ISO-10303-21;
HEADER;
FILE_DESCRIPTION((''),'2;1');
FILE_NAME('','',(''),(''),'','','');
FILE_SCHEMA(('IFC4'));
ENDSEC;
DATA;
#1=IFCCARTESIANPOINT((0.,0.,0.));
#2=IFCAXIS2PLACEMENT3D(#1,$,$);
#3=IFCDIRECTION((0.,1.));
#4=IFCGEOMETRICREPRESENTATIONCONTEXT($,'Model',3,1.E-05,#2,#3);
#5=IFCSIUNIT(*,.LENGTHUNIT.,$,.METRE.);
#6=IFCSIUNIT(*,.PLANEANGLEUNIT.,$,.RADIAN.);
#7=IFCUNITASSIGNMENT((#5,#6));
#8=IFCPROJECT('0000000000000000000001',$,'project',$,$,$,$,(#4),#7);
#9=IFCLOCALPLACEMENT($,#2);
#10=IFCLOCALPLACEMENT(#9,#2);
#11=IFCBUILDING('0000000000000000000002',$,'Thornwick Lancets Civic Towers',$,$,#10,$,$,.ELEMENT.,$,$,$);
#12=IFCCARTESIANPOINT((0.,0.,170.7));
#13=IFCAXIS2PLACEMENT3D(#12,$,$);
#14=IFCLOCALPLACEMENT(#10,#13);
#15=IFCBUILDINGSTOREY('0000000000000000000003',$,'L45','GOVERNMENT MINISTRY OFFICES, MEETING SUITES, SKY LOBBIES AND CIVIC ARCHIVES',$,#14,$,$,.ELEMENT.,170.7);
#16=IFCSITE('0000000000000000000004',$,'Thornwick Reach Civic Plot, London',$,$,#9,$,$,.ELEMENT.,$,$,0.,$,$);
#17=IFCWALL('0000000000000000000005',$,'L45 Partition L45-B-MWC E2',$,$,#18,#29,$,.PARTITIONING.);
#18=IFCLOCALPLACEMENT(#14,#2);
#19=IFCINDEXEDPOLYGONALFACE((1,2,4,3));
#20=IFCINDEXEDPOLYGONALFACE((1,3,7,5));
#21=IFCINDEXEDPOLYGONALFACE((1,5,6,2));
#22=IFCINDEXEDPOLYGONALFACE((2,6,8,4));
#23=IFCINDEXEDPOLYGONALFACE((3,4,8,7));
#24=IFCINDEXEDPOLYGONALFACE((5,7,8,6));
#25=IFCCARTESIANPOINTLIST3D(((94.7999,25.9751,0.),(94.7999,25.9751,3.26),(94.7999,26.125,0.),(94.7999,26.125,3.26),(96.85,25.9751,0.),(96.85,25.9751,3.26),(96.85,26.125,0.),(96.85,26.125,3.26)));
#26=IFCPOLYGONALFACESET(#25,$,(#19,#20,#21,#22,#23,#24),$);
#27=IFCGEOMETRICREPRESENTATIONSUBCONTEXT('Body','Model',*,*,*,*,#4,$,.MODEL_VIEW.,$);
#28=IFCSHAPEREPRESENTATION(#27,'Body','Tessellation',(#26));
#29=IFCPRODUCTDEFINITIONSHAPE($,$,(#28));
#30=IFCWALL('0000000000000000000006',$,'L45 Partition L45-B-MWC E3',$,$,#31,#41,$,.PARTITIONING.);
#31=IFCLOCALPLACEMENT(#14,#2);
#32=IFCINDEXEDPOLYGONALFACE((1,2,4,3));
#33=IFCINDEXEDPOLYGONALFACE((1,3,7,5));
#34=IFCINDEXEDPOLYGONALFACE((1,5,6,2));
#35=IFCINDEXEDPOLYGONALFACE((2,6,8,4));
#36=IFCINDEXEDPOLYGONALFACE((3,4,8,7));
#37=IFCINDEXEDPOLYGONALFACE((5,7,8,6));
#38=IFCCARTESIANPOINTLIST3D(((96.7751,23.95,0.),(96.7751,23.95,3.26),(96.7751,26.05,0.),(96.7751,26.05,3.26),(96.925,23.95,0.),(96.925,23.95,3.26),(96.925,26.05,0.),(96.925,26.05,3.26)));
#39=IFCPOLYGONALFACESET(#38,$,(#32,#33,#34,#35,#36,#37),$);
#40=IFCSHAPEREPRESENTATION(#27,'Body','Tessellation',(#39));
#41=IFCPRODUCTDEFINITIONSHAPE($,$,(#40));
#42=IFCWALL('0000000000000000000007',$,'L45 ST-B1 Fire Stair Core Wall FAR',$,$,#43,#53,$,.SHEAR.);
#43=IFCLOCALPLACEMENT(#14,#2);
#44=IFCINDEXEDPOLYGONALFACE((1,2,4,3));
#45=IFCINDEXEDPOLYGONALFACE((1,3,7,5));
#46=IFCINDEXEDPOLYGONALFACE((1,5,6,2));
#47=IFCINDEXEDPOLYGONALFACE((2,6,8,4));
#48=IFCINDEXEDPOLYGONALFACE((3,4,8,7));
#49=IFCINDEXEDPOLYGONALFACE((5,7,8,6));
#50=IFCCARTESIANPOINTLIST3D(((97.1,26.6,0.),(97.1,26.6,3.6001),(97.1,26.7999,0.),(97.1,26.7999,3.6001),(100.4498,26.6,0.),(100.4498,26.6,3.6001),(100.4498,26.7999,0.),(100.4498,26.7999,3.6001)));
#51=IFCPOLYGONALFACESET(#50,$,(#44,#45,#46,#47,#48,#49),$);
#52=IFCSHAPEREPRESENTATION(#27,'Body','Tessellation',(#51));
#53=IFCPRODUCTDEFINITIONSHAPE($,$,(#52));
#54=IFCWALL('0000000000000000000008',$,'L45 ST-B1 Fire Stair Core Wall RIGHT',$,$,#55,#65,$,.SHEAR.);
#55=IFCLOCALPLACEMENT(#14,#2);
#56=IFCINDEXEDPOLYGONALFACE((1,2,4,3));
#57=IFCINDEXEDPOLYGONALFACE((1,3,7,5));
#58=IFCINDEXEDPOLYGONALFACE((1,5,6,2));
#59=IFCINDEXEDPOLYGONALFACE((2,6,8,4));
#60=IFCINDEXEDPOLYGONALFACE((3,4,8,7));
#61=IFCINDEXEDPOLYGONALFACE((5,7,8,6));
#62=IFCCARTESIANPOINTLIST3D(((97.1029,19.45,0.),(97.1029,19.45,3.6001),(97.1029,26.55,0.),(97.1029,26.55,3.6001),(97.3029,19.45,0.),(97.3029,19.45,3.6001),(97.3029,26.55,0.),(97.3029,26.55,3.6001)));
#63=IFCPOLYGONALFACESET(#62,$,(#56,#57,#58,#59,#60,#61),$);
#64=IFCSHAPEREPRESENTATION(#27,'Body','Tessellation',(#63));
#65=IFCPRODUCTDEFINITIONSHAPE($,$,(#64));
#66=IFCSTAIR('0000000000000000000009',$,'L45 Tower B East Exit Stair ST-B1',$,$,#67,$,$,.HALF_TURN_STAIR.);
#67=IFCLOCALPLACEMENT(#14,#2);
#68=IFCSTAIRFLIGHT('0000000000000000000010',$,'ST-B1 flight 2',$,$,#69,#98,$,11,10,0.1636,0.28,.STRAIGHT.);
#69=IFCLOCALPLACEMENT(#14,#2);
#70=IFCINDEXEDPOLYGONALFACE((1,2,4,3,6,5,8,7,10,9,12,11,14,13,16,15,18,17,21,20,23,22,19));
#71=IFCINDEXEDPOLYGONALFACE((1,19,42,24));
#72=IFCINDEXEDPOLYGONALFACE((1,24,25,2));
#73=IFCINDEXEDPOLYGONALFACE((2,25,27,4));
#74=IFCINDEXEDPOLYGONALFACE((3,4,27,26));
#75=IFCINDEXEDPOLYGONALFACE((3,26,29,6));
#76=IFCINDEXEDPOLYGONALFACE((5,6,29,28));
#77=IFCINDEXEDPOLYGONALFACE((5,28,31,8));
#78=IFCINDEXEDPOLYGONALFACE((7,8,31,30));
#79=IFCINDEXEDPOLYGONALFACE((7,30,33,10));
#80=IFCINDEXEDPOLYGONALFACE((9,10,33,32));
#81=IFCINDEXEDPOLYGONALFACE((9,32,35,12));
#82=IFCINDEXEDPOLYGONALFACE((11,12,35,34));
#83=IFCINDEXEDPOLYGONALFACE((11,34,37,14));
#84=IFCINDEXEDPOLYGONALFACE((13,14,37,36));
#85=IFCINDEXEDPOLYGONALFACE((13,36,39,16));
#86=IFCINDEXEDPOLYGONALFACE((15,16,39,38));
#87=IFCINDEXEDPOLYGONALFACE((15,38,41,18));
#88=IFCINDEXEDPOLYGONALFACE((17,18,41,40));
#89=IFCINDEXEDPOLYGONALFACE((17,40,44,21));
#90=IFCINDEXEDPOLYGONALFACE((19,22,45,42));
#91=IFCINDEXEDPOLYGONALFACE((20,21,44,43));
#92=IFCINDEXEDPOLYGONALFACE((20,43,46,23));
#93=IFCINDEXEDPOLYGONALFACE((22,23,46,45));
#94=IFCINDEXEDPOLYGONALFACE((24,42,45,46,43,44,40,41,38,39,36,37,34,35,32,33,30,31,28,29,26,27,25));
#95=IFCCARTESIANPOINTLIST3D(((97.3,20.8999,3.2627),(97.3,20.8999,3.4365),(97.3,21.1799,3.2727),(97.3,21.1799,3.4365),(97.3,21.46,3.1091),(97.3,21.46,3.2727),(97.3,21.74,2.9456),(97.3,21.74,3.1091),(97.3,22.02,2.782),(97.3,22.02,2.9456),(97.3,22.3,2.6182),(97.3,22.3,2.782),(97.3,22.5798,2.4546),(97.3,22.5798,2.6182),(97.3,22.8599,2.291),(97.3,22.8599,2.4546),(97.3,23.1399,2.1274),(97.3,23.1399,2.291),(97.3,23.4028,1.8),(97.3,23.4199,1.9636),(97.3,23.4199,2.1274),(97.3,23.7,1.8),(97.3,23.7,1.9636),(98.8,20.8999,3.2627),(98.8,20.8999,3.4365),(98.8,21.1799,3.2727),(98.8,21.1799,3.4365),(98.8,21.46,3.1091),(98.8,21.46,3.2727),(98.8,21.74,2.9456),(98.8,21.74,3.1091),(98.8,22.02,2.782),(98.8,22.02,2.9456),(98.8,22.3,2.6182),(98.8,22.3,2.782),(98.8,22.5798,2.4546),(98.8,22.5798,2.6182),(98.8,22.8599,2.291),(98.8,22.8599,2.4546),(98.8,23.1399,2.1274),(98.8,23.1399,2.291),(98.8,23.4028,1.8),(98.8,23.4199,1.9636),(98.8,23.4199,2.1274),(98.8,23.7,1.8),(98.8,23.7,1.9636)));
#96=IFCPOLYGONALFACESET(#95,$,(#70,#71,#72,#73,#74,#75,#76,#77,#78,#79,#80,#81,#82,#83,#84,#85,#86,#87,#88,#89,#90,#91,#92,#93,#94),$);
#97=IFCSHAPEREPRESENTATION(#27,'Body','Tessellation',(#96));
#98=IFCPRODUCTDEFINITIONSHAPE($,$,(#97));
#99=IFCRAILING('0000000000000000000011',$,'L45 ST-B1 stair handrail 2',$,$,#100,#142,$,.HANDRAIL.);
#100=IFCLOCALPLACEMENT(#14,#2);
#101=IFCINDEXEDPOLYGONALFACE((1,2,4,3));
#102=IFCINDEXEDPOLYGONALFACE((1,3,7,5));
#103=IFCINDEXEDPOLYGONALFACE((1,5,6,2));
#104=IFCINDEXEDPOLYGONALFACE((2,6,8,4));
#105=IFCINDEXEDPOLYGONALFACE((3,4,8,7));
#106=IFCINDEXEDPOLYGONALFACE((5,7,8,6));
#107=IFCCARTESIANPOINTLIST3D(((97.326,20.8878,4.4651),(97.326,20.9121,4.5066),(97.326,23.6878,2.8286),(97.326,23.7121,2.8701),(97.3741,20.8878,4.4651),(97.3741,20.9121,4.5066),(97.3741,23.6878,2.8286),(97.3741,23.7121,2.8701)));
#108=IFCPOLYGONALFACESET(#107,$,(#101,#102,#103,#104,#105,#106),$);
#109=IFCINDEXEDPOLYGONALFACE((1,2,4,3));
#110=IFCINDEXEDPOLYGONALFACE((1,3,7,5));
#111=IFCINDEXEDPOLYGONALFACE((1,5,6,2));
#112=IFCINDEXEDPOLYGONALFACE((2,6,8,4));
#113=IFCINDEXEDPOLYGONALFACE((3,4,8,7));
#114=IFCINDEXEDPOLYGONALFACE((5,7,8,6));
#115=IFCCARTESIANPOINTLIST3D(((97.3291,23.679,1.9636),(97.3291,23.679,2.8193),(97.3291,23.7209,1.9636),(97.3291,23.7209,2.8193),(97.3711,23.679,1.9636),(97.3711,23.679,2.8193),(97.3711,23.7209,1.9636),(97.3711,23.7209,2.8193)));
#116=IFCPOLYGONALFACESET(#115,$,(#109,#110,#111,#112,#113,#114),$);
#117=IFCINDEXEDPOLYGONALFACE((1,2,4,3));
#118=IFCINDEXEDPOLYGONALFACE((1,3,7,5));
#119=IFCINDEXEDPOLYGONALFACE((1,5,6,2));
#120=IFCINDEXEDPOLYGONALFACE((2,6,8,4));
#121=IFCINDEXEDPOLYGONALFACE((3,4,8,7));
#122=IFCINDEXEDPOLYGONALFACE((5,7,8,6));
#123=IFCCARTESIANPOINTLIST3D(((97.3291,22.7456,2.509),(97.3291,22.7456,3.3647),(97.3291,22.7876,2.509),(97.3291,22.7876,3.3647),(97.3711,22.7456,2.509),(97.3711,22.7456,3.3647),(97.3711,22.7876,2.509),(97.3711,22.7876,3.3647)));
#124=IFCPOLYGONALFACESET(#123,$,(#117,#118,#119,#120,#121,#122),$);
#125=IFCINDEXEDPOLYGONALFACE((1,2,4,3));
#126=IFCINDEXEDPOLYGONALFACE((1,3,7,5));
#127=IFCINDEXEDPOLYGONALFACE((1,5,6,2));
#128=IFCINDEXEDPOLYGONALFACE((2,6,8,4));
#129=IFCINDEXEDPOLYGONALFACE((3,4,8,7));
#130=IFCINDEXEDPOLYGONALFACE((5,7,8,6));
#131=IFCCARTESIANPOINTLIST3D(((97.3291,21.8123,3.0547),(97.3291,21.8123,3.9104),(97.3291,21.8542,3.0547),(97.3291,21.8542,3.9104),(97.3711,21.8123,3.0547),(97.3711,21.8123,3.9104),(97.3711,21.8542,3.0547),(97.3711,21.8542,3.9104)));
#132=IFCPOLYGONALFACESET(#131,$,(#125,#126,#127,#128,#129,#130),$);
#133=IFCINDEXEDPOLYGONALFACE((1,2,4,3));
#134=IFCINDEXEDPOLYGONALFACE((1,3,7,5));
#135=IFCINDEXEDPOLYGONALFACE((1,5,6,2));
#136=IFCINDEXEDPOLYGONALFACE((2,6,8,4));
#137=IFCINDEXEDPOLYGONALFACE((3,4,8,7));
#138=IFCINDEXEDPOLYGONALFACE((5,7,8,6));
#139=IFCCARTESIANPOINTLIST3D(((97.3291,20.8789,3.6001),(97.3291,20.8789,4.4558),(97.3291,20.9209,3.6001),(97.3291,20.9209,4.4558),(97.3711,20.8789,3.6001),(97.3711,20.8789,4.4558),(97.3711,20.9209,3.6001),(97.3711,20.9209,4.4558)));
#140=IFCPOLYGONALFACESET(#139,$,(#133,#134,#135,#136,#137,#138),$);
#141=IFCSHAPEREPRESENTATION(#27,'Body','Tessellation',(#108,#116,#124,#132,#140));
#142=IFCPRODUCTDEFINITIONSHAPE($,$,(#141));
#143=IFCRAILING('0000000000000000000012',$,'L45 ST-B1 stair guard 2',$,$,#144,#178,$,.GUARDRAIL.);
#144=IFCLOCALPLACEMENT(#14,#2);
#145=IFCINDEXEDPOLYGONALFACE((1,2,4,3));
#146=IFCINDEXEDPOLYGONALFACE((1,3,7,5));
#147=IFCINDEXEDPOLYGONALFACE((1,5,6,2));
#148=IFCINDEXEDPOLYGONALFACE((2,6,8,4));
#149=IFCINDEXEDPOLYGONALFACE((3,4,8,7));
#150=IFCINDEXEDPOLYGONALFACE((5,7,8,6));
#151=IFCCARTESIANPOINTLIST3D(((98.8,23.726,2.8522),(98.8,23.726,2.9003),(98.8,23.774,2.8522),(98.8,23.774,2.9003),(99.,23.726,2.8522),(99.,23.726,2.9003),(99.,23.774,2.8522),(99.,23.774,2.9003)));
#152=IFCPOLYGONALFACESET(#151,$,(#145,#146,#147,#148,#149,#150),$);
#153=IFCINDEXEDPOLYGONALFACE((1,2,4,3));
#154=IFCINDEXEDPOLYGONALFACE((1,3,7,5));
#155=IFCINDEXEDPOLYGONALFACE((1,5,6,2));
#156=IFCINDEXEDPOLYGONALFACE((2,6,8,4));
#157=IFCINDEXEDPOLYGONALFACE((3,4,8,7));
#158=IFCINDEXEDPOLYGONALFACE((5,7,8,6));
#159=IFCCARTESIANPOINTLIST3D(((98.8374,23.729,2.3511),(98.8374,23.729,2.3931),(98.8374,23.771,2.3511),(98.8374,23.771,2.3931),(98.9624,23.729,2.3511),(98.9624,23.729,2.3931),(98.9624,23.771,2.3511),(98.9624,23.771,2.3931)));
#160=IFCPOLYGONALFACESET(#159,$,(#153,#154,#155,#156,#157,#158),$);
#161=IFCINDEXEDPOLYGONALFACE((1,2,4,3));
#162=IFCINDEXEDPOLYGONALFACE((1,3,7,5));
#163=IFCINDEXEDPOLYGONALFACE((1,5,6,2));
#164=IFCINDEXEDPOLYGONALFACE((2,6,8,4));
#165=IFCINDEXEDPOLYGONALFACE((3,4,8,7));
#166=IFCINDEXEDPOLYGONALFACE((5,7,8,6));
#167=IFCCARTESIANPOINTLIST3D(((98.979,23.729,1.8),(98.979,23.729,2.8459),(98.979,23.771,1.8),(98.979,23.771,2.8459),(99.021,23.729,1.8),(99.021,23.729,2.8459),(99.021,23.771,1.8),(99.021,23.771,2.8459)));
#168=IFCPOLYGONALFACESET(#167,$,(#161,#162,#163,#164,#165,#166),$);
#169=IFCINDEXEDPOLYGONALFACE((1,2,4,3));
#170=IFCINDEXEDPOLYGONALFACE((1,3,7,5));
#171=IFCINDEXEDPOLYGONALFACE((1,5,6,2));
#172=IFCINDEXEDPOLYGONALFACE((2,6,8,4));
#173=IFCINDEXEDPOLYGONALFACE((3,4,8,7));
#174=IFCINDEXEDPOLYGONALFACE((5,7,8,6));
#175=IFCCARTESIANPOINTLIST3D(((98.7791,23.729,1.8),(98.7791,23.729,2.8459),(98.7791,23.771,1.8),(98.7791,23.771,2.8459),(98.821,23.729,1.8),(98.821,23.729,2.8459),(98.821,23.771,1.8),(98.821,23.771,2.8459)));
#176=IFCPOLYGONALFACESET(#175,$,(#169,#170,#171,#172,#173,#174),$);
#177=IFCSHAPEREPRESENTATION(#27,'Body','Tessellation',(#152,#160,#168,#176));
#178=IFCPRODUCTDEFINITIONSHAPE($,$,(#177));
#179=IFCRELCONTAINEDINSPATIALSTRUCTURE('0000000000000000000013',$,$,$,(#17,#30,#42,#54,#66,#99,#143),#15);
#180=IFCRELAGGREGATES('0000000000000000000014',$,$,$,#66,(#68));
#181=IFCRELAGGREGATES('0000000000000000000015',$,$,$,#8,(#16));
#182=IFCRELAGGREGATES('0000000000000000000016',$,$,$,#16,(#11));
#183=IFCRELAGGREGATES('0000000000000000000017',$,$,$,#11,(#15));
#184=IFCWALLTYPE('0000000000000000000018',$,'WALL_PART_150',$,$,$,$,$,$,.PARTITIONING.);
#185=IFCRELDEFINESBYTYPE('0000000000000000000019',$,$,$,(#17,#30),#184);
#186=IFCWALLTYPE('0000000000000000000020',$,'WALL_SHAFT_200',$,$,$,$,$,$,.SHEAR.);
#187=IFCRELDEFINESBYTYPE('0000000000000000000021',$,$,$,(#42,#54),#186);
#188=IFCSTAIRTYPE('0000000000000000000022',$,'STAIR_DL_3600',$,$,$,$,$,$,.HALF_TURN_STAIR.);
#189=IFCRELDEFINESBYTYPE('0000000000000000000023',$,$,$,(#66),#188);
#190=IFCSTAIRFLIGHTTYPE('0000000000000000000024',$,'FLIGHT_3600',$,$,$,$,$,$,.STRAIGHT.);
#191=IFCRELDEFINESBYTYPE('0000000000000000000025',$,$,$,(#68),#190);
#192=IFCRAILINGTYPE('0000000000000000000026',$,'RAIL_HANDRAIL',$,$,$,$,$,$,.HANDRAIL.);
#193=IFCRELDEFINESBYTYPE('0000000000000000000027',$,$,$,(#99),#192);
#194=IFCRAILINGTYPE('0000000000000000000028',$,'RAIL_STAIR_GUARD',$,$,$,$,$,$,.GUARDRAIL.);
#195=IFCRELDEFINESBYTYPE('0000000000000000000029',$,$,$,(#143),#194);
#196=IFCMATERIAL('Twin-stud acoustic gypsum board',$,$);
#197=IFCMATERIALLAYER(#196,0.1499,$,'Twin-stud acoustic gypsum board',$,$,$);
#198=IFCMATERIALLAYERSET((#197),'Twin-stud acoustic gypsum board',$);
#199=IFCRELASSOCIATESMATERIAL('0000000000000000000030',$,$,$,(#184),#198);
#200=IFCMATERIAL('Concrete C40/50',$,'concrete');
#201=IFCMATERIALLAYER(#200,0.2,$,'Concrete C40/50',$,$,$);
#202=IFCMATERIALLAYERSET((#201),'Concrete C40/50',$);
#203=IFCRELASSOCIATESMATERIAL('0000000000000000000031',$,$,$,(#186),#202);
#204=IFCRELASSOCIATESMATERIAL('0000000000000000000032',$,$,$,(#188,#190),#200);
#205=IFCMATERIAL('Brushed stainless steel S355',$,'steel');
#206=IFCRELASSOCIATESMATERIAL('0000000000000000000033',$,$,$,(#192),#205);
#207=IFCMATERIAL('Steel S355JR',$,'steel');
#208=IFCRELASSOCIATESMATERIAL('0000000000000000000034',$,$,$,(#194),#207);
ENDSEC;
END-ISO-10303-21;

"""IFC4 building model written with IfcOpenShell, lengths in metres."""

from ifc_helpers import new_model, si_unit, direction, frame, frame_2d, origin, origin_2d, place, context, subcontext, project, spatial, polyline, rectangle, outline, extrude, material, layer, layer_set, type_object, element, aggregate, save


model = new_model("IFC4")

# Units and contexts
model_context = context("Model", 3, precision=1e-05, world=origin(), true_north=direction((0.0, 1.0)))
body_context = subcontext(model_context, "Body", "Model", "MODEL_VIEW")
ifc_project = project(units=[si_unit("LENGTHUNIT", "METRE"), si_unit("PLANEANGLEUNIT", "RADIAN")], contexts=[model_context])

# Site, building, storey
site_placement = place(None, origin())
site = spatial("IfcSite", under=ifc_project, at=site_placement, Name="Thornwick Reach Civic Plot, London", CompositionType="ELEMENT", RefElevation=0.0)
building_placement = place(site_placement, origin())
building = spatial("IfcBuilding", under=site, at=building_placement, Name="Thornwick Lancets Civic Towers", CompositionType="ELEMENT")
storey_placement = place(building_placement, frame((0.0, 0.0, 170.7)))
storey = spatial("IfcBuildingStorey", under=building, at=storey_placement, Name="L45", Description="GOVERNMENT MINISTRY OFFICES, MEETING SUITES, SKY LOBBIES AND CIVIC ARCHIVES", CompositionType="ELEMENT", Elevation=170.7)

# Shared definitions
ifc_material_1 = material(Name="Steel S355JR", Category="steel")

# Shared definitions
ifc_material_2 = material(Name="Twin-stud acoustic gypsum board")
ifc_layer_1 = layer(ifc_material_2, 0.1499, Name="Twin-stud acoustic gypsum board")
ifc_layer_set_1 = layer_set([ifc_layer_1], Name="Twin-stud acoustic gypsum board")
wall_type_1 = type_object("IfcWallType", Name="WALL_PART_150", PredefinedType="PARTITIONING", material=ifc_layer_set_1)

# Walls
wall_1_placement = place(storey_placement, frame((94.8, 26.05, 0.0), z_axis=(0.0, 0.0, 1.0), x_axis=(1.0, 0.0, 0.0)))
element("IfcWall", 1, at=wall_1_placement, inside=storey, type_object=wall_type_1, Name="L45 Partition L45-B-MWC E2", PredefinedType="PARTITIONING", context=body_context, shape_type="SweptSolid", body=[
    extrude(rectangle(XDim=2.05, YDim=0.1499, at=frame_2d((1.0249, 0.0))), origin(), (0.0, 0.0, 1.0), 3.26),
])
wall_2_placement = place(storey_placement, frame((96.8501, 26.05, 0.0), z_axis=(0.0, 0.0, 1.0), x_axis=(0.0, -1.0, 0.0)))
element("IfcWall", 2, at=wall_2_placement, inside=storey, type_object=wall_type_1, Name="L45 Partition L45-B-MWC E3", PredefinedType="PARTITIONING", context=body_context, shape_type="SweptSolid", body=[
    extrude(rectangle(XDim=2.1001, YDim=0.1499, at=frame_2d((1.05, 0.0))), origin(), (0.0, 0.0, 1.0), 3.26),
])
ifc_material_3 = material(Name="Concrete C40/50", Category="concrete")
ifc_layer_2 = layer(ifc_material_3, 0.2, Name="Concrete C40/50")
ifc_layer_set_2 = layer_set([ifc_layer_2], Name="Concrete C40/50")
wall_type_2 = type_object("IfcWallType", Name="WALL_SHAFT_200", PredefinedType="SHEAR", material=ifc_layer_set_2)
wall_3_placement = place(storey_placement, frame((97.1001, 26.7, 0.0), z_axis=(0.0, 0.0, 1.0), x_axis=(1.0, 0.0, 0.0)))
element("IfcWall", 3, at=wall_3_placement, inside=storey, type_object=wall_type_2, Name="L45 ST-B1 Fire Stair Core Wall FAR", PredefinedType="SHEAR", context=body_context, shape_type="SweptSolid", body=[
    extrude(rectangle(XDim=3.3499, YDim=0.2, at=frame_2d((1.6748, 0.0))), origin(), (0.0, 0.0, 1.0), 3.6001),
])
wall_4_placement = place(storey_placement, frame((97.2029, 26.55, 0.0), z_axis=(0.0, 0.0, 1.0), x_axis=(0.0, -1.0, 0.0)))
element("IfcWall", 4, at=wall_4_placement, inside=storey, type_object=wall_type_2, Name="L45 ST-B1 Fire Stair Core Wall RIGHT", PredefinedType="SHEAR", context=body_context, shape_type="SweptSolid", body=[
    extrude(rectangle(XDim=7.1001, YDim=0.2, at=frame_2d((3.55, 0.0))), origin(), (0.0, 0.0, 1.0), 3.6001),
])

# Stair, stair flight
stair_type = type_object("IfcStairType", Name="STAIR_DL_3600", PredefinedType="HALF_TURN_STAIR", material=ifc_material_3)
stair_placement = place(storey_placement, origin())
stair = element("IfcStair", 5, at=stair_placement, inside=storey, type_object=stair_type, Name="L45 Tower B East Exit Stair ST-B1", PredefinedType="HALF_TURN_STAIR")
stair_flight_type = type_object("IfcStairFlightType", Name="FLIGHT_3600", PredefinedType="STRAIGHT", material=ifc_material_3)
stair_flight_placement = place(storey_placement, frame((98.05, 23.7, 1.8), z_axis=(0.0, 0.0, 1.0), x_axis=(0.0, -1.0, 0.0)))
stair_flight = element("IfcStairFlight", 6, at=stair_flight_placement, type_object=stair_flight_type, Name="ST-B1 flight 2", NumberOfRisers=11, NumberOfTreads=10, PredefinedType="STRAIGHT", RiserHeight=0.1636, TreadLength=0.28, context=body_context, shape_type="SweptSolid", body=[
    extrude(outline(polyline([(0.0, 0.0), (0.0, 0.1636), (0.28, 0.1636), (0.28, 0.3274), (0.5601, 0.3274), (0.5601, 0.491), (0.8401, 0.491), (0.8401, 0.6545), (1.1201, 0.6545), (1.1201, 0.8181), (1.3999, 0.8181), (1.3999, 0.9819), (1.6799, 0.9819), (1.6799, 1.1455), (1.96, 1.1455), (1.96, 1.3091), (2.24, 1.3091), (2.24, 1.4727), (2.52, 1.4727), (2.52, 1.6365), (2.8, 1.6365), (2.8, 1.8), (2.8, 1.4626), (0.2971, 0.0), (0.0, 0.0)])), frame((0.0, 0.75, 0.0), z_axis=(0.0, -1.0, 0.0), x_axis=(1.0, 0.0, 0.0)), (0.0, 0.0, 1.0), 1.5),
])
aggregate(stair, [stair_flight])

# Railings
ifc_material_4 = material(Name="Brushed stainless steel S355", Category="steel")
railing_type_1 = type_object("IfcRailingType", Name="RAIL_HANDRAIL", PredefinedType="HANDRAIL", material=ifc_material_4)
railing_1_placement = place(storey_placement, frame((97.3501, 23.7, 1.9636)))
element("IfcRailing", 7, at=railing_1_placement, inside=storey, type_object=railing_type_1, Name="L45 ST-B1 stair handrail 2", PredefinedType="HANDRAIL", context=body_context, shape_type="SweptSolid", body=[
    extrude(rectangle(XDim=0.0481, YDim=0.0481, at=origin_2d()), frame((0.0, 0.0, 0.8857), z_axis=(0.0, -0.863361, 0.504587), x_axis=(1.0, 0.0, 0.0)), (0.0, 0.0, 1.0), 3.2432),
    extrude(rectangle(XDim=0.042, YDim=0.042, at=origin_2d()), origin(), (0.0, 0.0, 1.0), 0.8557),
    extrude(rectangle(XDim=0.042, YDim=0.042, at=origin_2d()), frame((0.0, -0.9333, 0.5454)), (0.0, 0.0, 1.0), 0.8557),
    extrude(rectangle(XDim=0.042, YDim=0.042, at=origin_2d()), frame((0.0, -1.8667, 1.0911)), (0.0, 0.0, 1.0), 0.8557),
    extrude(rectangle(XDim=0.042, YDim=0.042, at=origin_2d()), frame((0.0, -2.8, 1.6365)), (0.0, 0.0, 1.0), 0.8557),
])
railing_type_2 = type_object("IfcRailingType", Name="RAIL_STAIR_GUARD", PredefinedType="GUARDRAIL", material=ifc_material_1)
railing_2_placement = place(storey_placement, frame((99.0, 23.75, 1.8)))
element("IfcRailing", 8, at=railing_2_placement, inside=storey, type_object=railing_type_2, Name="L45 ST-B1 stair guard 2", PredefinedType="GUARDRAIL", context=body_context, shape_type="SweptSolid", body=[
    extrude(rectangle(XDim=0.0481, YDim=0.0481, at=origin_2d()), frame((0.0, 0.0, 1.0762), z_axis=(-1.0, 0.0, 0.0), x_axis=(0.0, -1.0, 0.0)), (0.0, 0.0, 1.0), 0.2),
    extrude(rectangle(XDim=0.042, YDim=0.042, at=origin_2d()), frame((-0.0376, 0.0, 0.572), z_axis=(-1.0, 0.0, 0.0), x_axis=(0.0, -1.0, 0.0)), (0.0, 0.0, 1.0), 0.125),
    extrude(rectangle(XDim=0.042, YDim=0.042, at=origin_2d()), origin(), (0.0, 0.0, 1.0), 1.0459),
    extrude(rectangle(XDim=0.042, YDim=0.042, at=origin_2d()), frame((-0.2, 0.0, 0.0)), (0.0, 0.0, 1.0), 1.0459),
])

save(model, "model.ifc")
